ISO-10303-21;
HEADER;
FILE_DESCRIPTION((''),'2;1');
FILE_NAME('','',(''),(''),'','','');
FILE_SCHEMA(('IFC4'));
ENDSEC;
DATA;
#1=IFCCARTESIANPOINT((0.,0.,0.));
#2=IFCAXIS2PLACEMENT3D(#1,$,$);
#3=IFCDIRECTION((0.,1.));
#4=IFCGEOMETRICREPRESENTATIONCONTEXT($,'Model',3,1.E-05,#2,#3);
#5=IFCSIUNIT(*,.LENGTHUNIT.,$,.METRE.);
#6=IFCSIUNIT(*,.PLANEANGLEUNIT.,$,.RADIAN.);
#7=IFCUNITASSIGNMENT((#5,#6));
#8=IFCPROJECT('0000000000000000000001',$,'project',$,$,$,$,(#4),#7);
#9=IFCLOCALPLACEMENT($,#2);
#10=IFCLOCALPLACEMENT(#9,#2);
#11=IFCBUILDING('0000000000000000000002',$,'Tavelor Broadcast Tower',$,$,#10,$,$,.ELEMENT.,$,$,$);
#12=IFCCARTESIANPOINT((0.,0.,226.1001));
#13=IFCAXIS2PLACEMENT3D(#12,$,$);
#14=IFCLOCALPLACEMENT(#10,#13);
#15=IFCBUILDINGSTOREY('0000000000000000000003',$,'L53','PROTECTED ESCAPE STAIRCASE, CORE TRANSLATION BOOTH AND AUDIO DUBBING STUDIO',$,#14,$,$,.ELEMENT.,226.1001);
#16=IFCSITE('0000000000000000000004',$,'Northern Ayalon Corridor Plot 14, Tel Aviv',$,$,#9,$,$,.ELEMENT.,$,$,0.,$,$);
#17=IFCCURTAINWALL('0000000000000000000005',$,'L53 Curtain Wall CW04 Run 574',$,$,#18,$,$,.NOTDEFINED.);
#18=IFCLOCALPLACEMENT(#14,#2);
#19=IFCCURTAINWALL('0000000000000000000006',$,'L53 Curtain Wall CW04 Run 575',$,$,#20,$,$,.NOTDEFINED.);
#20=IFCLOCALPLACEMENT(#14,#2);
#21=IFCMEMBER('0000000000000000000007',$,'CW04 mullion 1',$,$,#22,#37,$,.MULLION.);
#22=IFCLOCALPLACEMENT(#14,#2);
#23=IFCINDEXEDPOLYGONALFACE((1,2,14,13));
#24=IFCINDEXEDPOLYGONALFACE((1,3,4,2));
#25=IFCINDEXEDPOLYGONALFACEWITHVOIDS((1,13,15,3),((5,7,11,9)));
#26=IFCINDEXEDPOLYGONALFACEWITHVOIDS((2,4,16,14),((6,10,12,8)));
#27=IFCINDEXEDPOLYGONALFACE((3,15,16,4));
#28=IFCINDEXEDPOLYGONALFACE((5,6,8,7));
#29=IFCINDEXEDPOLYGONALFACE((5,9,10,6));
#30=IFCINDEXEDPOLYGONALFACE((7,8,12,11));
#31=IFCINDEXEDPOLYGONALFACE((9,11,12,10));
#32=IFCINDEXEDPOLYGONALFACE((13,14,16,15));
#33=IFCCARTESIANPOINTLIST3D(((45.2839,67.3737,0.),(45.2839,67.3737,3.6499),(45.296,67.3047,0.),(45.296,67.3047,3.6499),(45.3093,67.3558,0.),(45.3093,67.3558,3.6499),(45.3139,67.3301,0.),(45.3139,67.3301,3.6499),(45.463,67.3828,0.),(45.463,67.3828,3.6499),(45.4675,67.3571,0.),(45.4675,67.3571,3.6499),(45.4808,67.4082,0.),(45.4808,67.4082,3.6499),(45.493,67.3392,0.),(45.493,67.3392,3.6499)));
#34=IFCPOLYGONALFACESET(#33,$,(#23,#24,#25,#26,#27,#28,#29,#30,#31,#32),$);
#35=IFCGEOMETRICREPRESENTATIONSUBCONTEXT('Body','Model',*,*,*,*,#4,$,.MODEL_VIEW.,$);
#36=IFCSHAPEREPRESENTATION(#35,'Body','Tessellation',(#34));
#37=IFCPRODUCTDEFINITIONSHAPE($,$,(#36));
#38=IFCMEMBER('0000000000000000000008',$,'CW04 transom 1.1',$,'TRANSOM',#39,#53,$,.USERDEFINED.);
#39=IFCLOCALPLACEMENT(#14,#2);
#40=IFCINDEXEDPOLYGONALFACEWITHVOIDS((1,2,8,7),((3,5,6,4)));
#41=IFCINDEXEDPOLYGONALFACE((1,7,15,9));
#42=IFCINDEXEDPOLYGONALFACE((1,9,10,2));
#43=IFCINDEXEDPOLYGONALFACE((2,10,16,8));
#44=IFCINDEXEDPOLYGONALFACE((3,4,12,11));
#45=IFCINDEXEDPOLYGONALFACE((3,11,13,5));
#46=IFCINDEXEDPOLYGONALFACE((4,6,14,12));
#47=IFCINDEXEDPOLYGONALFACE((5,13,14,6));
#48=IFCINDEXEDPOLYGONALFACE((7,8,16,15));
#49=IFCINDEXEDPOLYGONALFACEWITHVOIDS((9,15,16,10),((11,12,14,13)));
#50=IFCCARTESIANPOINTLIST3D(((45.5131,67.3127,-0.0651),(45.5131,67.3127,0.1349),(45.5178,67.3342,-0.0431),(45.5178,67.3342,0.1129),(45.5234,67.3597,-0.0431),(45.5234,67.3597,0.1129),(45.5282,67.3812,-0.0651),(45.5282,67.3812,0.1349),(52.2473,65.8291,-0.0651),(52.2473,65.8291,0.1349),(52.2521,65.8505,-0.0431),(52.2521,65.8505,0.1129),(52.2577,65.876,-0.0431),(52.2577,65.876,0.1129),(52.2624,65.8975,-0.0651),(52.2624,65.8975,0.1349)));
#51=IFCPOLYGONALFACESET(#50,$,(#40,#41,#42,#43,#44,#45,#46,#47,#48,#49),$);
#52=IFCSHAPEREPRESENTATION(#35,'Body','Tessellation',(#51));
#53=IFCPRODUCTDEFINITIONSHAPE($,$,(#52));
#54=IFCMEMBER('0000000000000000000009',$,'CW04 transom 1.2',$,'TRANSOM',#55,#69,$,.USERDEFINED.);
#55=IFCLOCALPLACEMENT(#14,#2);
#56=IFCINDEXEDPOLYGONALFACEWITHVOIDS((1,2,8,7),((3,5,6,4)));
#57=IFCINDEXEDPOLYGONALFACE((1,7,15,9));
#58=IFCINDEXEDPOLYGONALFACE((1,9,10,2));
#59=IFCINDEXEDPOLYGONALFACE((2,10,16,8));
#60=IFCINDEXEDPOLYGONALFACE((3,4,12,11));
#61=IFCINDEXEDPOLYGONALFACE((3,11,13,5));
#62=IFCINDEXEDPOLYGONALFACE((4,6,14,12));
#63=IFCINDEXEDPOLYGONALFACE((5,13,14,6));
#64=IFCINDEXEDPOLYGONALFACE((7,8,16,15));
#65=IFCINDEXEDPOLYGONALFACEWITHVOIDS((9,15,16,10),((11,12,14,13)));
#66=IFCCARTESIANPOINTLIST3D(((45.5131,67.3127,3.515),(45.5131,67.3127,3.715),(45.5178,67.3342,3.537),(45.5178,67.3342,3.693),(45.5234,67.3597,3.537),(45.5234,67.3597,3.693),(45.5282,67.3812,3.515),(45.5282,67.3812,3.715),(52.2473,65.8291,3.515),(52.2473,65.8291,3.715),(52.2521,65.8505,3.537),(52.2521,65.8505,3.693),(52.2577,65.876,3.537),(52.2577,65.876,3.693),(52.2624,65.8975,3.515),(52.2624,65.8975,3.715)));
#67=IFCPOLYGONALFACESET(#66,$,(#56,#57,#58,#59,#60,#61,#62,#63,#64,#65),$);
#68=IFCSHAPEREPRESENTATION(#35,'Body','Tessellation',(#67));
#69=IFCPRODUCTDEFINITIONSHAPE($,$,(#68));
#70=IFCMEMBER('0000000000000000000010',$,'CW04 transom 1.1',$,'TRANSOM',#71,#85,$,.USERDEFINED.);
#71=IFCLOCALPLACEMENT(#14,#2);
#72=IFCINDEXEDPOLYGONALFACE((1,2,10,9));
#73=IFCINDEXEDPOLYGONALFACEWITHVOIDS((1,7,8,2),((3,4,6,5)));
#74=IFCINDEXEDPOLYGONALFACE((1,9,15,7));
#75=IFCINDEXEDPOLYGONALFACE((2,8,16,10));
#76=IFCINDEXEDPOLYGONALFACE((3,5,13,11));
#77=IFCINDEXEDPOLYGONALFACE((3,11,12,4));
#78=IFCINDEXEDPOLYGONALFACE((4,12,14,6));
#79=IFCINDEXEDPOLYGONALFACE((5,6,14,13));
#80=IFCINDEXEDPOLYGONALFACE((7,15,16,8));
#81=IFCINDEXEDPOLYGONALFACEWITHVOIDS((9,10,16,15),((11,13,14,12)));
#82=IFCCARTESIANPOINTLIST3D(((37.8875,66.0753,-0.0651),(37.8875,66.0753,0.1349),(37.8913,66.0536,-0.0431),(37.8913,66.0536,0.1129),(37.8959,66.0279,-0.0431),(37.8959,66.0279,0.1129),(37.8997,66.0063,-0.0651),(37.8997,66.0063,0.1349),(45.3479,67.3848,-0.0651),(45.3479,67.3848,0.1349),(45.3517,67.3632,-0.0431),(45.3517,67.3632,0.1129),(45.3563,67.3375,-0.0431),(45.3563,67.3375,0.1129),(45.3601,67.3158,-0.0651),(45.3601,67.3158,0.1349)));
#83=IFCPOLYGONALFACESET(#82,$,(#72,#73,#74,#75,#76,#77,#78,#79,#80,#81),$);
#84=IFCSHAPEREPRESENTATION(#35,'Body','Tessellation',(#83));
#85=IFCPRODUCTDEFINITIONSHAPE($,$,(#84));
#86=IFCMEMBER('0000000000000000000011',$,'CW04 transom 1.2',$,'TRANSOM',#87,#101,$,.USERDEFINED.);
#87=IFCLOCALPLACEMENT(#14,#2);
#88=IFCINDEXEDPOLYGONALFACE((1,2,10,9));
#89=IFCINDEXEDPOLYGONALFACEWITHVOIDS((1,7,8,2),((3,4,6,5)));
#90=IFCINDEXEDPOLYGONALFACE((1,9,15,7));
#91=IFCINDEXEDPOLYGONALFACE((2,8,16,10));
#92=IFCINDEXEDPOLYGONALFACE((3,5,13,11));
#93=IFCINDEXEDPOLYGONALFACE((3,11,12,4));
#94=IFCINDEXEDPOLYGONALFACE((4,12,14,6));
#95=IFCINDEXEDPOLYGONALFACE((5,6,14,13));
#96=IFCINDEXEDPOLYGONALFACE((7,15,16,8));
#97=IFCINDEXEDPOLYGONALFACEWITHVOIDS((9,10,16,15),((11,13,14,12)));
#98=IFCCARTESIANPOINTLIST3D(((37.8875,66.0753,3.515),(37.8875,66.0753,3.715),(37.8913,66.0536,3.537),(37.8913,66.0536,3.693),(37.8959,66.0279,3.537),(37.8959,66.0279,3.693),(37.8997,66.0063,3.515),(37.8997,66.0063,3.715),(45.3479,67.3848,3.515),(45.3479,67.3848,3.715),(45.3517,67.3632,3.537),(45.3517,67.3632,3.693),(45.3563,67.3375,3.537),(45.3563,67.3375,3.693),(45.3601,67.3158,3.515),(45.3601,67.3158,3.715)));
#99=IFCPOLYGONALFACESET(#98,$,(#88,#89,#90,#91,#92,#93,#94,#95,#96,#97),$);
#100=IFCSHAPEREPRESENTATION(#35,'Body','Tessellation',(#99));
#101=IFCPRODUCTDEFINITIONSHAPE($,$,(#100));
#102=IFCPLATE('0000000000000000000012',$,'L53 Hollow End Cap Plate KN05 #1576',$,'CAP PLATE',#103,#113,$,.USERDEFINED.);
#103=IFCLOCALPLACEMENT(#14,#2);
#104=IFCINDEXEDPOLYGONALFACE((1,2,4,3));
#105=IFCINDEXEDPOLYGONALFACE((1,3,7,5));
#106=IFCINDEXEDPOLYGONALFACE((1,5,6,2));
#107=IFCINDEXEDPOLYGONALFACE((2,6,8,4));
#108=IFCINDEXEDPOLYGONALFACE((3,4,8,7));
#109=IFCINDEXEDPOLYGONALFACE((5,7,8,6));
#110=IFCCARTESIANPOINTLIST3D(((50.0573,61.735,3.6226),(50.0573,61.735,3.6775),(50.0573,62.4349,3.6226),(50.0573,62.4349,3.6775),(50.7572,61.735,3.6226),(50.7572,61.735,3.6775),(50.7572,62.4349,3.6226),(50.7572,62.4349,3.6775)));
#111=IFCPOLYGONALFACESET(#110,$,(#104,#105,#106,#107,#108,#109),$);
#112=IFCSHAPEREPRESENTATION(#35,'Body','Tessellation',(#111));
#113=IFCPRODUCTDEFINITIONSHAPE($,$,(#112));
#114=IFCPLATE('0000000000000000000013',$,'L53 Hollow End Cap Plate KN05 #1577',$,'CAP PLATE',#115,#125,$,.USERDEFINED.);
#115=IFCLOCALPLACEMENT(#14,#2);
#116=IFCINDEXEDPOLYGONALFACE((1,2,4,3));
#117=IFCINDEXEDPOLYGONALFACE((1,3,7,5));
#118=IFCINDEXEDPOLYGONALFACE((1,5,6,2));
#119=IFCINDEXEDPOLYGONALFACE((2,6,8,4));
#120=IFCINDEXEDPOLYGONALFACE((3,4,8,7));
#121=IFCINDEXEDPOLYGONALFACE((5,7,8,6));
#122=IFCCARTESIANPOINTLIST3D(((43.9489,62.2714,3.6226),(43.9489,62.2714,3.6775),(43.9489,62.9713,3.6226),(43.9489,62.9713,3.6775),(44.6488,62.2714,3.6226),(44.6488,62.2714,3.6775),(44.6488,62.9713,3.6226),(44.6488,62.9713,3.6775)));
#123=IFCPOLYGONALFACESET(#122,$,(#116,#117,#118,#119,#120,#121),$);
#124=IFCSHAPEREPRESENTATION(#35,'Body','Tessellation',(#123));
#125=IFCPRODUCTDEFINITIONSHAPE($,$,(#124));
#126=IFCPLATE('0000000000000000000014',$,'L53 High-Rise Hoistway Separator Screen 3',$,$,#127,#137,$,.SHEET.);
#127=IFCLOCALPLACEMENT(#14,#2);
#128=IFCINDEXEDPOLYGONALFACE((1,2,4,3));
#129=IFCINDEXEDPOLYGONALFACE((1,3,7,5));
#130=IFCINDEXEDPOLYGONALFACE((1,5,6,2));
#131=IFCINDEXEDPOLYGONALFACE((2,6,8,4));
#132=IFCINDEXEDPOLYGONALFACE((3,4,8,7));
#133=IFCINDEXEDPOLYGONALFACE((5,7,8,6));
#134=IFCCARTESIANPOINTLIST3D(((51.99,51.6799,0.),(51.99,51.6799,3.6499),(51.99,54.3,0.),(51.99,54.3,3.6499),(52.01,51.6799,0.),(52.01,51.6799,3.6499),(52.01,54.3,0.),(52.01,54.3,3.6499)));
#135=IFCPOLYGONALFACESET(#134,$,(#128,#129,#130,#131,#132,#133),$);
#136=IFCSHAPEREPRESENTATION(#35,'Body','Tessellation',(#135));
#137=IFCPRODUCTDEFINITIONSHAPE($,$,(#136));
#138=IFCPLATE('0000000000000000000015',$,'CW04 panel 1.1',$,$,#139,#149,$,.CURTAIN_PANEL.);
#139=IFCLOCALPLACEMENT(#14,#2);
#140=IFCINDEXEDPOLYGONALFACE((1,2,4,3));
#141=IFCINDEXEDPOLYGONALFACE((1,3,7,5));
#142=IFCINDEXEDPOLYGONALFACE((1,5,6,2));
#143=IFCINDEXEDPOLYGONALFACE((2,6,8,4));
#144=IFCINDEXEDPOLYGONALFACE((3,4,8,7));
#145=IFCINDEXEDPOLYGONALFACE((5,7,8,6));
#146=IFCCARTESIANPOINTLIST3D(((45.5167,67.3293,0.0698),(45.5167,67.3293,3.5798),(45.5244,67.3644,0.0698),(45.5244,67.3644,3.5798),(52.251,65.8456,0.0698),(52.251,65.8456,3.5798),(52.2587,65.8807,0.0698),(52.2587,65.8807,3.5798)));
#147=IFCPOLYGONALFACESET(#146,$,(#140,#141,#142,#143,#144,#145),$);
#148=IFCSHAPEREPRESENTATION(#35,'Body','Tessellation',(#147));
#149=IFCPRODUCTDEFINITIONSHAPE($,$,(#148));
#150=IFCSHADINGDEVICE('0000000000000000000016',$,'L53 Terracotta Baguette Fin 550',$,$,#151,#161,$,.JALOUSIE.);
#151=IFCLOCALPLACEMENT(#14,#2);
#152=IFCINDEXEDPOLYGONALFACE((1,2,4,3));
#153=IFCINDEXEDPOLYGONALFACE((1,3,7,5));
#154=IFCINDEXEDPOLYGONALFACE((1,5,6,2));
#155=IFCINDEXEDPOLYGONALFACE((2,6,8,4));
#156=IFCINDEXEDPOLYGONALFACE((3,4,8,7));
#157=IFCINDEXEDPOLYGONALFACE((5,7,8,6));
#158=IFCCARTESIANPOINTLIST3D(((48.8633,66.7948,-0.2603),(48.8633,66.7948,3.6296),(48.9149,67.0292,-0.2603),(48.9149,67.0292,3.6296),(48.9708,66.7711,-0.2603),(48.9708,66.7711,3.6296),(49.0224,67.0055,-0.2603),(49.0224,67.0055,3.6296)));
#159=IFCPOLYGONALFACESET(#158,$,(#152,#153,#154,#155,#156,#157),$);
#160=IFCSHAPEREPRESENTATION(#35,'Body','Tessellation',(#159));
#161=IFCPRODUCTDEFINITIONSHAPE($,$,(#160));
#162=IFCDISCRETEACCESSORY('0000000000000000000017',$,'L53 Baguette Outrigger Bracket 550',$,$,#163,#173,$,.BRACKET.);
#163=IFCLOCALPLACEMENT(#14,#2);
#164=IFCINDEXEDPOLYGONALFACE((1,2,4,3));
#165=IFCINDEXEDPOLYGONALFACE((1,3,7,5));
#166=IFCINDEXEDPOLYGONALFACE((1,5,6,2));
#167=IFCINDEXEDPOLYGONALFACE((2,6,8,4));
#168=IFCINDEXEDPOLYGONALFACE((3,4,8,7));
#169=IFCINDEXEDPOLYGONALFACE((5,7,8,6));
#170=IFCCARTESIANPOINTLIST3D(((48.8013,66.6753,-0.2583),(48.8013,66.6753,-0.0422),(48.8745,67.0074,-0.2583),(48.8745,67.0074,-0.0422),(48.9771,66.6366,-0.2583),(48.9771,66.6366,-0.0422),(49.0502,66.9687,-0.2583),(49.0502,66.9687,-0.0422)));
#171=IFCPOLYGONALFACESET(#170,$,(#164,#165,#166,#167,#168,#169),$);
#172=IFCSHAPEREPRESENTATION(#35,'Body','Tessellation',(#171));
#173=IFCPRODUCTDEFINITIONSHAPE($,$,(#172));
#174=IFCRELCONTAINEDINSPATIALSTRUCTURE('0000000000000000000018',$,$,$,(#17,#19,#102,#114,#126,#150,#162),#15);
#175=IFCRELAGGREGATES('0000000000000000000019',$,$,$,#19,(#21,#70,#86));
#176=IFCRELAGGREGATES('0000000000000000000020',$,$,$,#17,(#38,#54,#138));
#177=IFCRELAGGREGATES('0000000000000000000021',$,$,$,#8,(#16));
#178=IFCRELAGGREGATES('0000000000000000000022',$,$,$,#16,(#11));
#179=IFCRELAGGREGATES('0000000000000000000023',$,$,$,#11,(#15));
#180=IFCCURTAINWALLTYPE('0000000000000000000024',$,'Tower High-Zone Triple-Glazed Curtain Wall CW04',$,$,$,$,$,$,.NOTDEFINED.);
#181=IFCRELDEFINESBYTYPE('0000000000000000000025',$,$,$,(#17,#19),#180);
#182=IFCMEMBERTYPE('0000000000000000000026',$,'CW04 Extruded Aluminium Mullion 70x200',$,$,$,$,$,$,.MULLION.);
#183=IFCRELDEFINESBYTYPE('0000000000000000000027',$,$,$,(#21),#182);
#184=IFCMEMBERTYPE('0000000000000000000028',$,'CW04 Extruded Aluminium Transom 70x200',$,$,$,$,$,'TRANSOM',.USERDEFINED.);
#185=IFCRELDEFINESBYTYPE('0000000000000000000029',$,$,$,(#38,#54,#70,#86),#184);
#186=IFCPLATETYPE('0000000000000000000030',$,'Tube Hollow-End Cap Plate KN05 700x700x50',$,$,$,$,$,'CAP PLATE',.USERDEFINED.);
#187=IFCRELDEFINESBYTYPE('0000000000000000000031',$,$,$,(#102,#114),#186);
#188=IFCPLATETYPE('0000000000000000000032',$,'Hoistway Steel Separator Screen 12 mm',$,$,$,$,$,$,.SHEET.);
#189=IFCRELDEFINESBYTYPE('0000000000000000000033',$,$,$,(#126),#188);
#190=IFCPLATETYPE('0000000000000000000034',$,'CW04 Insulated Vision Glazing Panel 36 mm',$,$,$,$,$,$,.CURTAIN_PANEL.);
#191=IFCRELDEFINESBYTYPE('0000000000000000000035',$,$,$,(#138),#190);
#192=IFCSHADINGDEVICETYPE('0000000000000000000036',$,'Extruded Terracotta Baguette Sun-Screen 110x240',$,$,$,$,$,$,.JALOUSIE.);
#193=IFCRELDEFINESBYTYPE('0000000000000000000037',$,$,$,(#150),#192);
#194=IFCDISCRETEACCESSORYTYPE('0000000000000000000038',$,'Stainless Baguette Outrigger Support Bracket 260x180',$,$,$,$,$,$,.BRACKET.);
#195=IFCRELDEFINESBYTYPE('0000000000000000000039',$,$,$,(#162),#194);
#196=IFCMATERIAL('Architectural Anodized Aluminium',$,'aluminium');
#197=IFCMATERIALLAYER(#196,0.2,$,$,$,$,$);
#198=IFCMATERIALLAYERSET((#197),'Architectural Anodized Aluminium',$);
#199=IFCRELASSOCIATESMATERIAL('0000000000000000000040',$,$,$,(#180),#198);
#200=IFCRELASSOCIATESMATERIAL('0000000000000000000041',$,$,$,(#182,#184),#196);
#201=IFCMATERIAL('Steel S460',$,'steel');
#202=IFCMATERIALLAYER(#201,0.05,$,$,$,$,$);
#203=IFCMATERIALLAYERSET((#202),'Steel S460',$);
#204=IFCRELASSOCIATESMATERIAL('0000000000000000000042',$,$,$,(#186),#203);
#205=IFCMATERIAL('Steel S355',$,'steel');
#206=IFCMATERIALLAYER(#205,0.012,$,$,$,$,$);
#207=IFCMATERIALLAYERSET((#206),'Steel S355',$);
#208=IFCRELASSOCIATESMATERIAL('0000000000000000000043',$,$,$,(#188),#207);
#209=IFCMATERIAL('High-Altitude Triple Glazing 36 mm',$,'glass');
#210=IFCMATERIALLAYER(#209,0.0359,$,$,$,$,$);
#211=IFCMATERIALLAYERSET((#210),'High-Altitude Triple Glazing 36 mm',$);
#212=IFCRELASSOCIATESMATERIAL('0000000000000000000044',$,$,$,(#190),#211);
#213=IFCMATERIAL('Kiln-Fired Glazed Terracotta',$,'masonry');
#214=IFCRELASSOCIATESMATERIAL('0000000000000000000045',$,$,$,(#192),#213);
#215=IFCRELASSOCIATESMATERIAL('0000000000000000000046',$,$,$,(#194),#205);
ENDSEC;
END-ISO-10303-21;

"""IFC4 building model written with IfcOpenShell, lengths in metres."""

from ifc_helpers import new_model, si_unit, direction, frame, origin, origin_2d, place, context, subcontext, project, spatial, rectangle, hollow_rectangle, extrude, source, transform, mapped, material, layer, layer_set, material_profile, profile_set, type_object, type_shapes, element, aggregate, save


model = new_model("IFC4")

# Units and contexts
model_context = context("Model", 3, precision=1e-05, world=origin(), true_north=direction((0.0, 1.0)))
body_context = subcontext(model_context, "Body", "Model", "MODEL_VIEW")
ifc_project = project(units=[si_unit("LENGTHUNIT", "METRE"), si_unit("PLANEANGLEUNIT", "RADIAN")], contexts=[model_context])

# Site, building, storey
site_placement = place(None, origin())
site = spatial("IfcSite", under=ifc_project, at=site_placement, Name="Northern Ayalon Corridor Plot 14, Tel Aviv", CompositionType="ELEMENT", RefElevation=0.0)
building_placement = place(site_placement, origin())
building = spatial("IfcBuilding", under=site, at=building_placement, Name="Tavelor Broadcast Tower", CompositionType="ELEMENT")
storey_placement = place(building_placement, frame((0.0, 0.0, 226.1001)))
storey = spatial("IfcBuildingStorey", under=building, at=storey_placement, Name="L53", Description="PROTECTED ESCAPE STAIRCASE, CORE TRANSLATION BOOTH AND AUDIO DUBBING STUDIO", CompositionType="ELEMENT", Elevation=226.1001)

# Shared definitions
ifc_material_1 = material(Name="Steel S460", Category="steel")

# Shared definitions
ifc_material_2 = material(Name="Steel S355", Category="steel")

# Shared definitions
ifc_material_3 = material(Name="Architectural Anodized Aluminium", Category="aluminium")
ifc_layer_1 = layer(ifc_material_3, 0.2)
ifc_layer_set_1 = layer_set([ifc_layer_1], Name="Architectural Anodized Aluminium")
curtain_wall_type = type_object("IfcCurtainWallType", Name="Tower High-Zone Triple-Glazed Curtain Wall CW04", PredefinedType="NOTDEFINED", material=ifc_layer_set_1)
ifc_material_profile_1 = material_profile(ifc_material_3, hollow_rectangle(XDim=0.0701, YDim=0.2, WallThickness=0.022, at=origin_2d()), Name="RHS 70x200x22")
ifc_profile_set_1 = profile_set([ifc_material_profile_1], Name="Architectural Anodized Aluminium")
member_type_1 = type_object("IfcMemberType", Name="CW04 Extruded Aluminium Mullion 70x200", PredefinedType="MULLION", material=ifc_profile_set_1)
shared_shape_1 = source(origin(), body_context, "Body", "SweptSolid", [
    extrude(hollow_rectangle(XDim=0.0701, YDim=0.2, WallThickness=0.022, at=origin_2d()), origin(), (0.0, 0.0, 1.0), 3.6499),
])
type_shapes(member_type_1, [shared_shape_1])

# Curtain wall
curtain_wall_1_placement = place(storey_placement, origin())
curtain_wall_1 = element("IfcCurtainWall", 1, at=curtain_wall_1_placement, inside=storey, type_object=curtain_wall_type, Name="L53 Curtain Wall CW04 Run 574", PredefinedType="NOTDEFINED")

# Curtain wall, member
curtain_wall_2_placement = place(storey_placement, origin())
curtain_wall_2 = element("IfcCurtainWall", 2, at=curtain_wall_2_placement, inside=storey, type_object=curtain_wall_type, Name="L53 Curtain Wall CW04 Run 575", PredefinedType="NOTDEFINED")
member_1_placement = place(storey_placement, frame((45.3884, 67.3564, 0.0), z_axis=(0.0, 0.0, 1.0), x_axis=(0.172908, -0.984938, 0.0)))
member_1 = element("IfcMember", 3, at=member_1_placement, type_object=member_type_1, Name="CW04 mullion 1", PredefinedType="MULLION", context=body_context, shape_type="MappedRepresentation", body=[
    mapped(shared_shape_1, transform((0.0, 0.0, 0.0), scale=1.0)),
])

# Members
ifc_material_profile_2 = material_profile(ifc_material_3, hollow_rectangle(XDim=0.0701, YDim=0.2, WallThickness=0.022, at=origin_2d()), Name="RHS 70x200x22")
ifc_profile_set_2 = profile_set([ifc_material_profile_2], Name="Architectural Anodized Aluminium")
member_type_2 = type_object("IfcMemberType", Name="CW04 Extruded Aluminium Transom 70x200", ElementType="TRANSOM", PredefinedType="USERDEFINED", material=ifc_profile_set_2)
shared_shape_2 = source(origin(), body_context, "Body", "SweptSolid", [
    extrude(hollow_rectangle(XDim=0.0701, YDim=0.2, WallThickness=0.022, at=origin_2d()), origin(), (0.0, 0.0, 1.0), 6.8958),
])
member_2_placement = place(storey_placement, frame((52.2549, 65.8633, 0.0349), z_axis=(-0.976579, 0.215157, 0.0), x_axis=(-0.215157, -0.976579, 0.0)))
member_2 = element("IfcMember", 4, at=member_2_placement, type_object=member_type_2, Name="CW04 transom 1.1", ObjectType="TRANSOM", PredefinedType="USERDEFINED", context=body_context, shape_type="MappedRepresentation", body=[
    mapped(shared_shape_2, transform((0.0, 0.0, 0.0), scale=1.0)),
])
member_3_placement = place(storey_placement, frame((52.2549, 65.8633, 3.615), z_axis=(-0.976579, 0.215157, 0.0), x_axis=(-0.215157, -0.976579, 0.0)))
member_3 = element("IfcMember", 5, at=member_3_placement, type_object=member_type_2, Name="CW04 transom 1.2", ObjectType="TRANSOM", PredefinedType="USERDEFINED", context=body_context, shape_type="MappedRepresentation", body=[
    mapped(shared_shape_2, transform((0.0, 0.0, 0.0), scale=1.0)),
])
shared_shape_3 = source(origin(), body_context, "Body", "SweptSolid", [
    extrude(hollow_rectangle(XDim=0.0701, YDim=0.2, WallThickness=0.022, at=origin_2d()), origin(), (0.0, 0.0, 1.0), 7.5745),
])
type_shapes(member_type_2, [shared_shape_2, shared_shape_3])
member_4_placement = place(storey_placement, frame((45.354, 67.3503, 0.0349), z_axis=(-0.984941, -0.172892, 0.0), x_axis=(0.172892, -0.984941, 0.0)))
member_4 = element("IfcMember", 6, at=member_4_placement, type_object=member_type_2, Name="CW04 transom 1.1", ObjectType="TRANSOM", PredefinedType="USERDEFINED", context=body_context, shape_type="MappedRepresentation", body=[
    mapped(shared_shape_3, transform((0.0, 0.0, 0.0), scale=1.0)),
])
member_5_placement = place(storey_placement, frame((45.354, 67.3503, 3.615), z_axis=(-0.984941, -0.172892, 0.0), x_axis=(0.172892, -0.984941, 0.0)))
member_5 = element("IfcMember", 7, at=member_5_placement, type_object=member_type_2, Name="CW04 transom 1.2", ObjectType="TRANSOM", PredefinedType="USERDEFINED", context=body_context, shape_type="MappedRepresentation", body=[
    mapped(shared_shape_3, transform((0.0, 0.0, 0.0), scale=1.0)),
])
aggregate(curtain_wall_2, [member_1, member_4, member_5])

# Plates
ifc_layer_2 = layer(ifc_material_1, 0.05)
ifc_layer_set_2 = layer_set([ifc_layer_2], Name="Steel S460")
plate_type_1 = type_object("IfcPlateType", Name="Tube Hollow-End Cap Plate KN05 700x700x50", ElementType="CAP PLATE", PredefinedType="USERDEFINED", material=ifc_layer_set_2)
shared_shape_4 = source(origin(), body_context, "Body", "SweptSolid", [
    extrude(rectangle(XDim=0.7, YDim=0.7, at=origin_2d()), origin(), (0.0, 0.0, 1.0), 0.0549),
])
type_shapes(plate_type_1, [shared_shape_4])
for number, where, z_axis, x_axis, name in (
    (8, (50.4072, 62.085, 3.6226), (0.0, 0.0, 1.0), (1.0, 0.0, 0.0), "L53 Hollow End Cap Plate KN05 #1576"),
    (9, (44.2988, 62.6213, 3.6226), (0.0, 0.0, 1.0), (1.0, 0.0, 0.0), "L53 Hollow End Cap Plate KN05 #1577"),
):
    element("IfcPlate", number, at=place(storey_placement, frame(where, z_axis=z_axis, x_axis=x_axis)), inside=storey, type_object=plate_type_1, Name=name, ObjectType="CAP PLATE", PredefinedType="USERDEFINED", context=body_context, shape_type="MappedRepresentation", body=[
        mapped(shared_shape_4, transform((0.0, 0.0, 0.0), scale=1.0)),
    ])
ifc_layer_3 = layer(ifc_material_2, 0.012)
ifc_layer_set_3 = layer_set([ifc_layer_3], Name="Steel S355")
plate_type_2 = type_object("IfcPlateType", Name="Hoistway Steel Separator Screen 12 mm", PredefinedType="SHEET", material=ifc_layer_set_3)
shared_shape_5 = source(origin(), body_context, "Body", "SweptSolid", [
    extrude(rectangle(XDim=0.02, YDim=2.6201, at=origin_2d()), origin(), (0.0, 0.0, 1.0), 3.6499),
])
type_shapes(plate_type_2, [shared_shape_5])
plate_1_placement = place(storey_placement, frame((52.0, 52.99, 0.0), z_axis=(0.0, 0.0, 1.0), x_axis=(1.0, 0.0, 0.0)))
element("IfcPlate", 10, at=plate_1_placement, inside=storey, type_object=plate_type_2, Name="L53 High-Rise Hoistway Separator Screen 3", PredefinedType="SHEET", context=body_context, shape_type="MappedRepresentation", body=[
    mapped(shared_shape_5, transform((0.0, 0.0, 0.0), scale=1.0)),
])

# Plate
ifc_material_4 = material(Name="High-Altitude Triple Glazing 36 mm", Category="glass")
ifc_layer_4 = layer(ifc_material_4, 0.0359)
ifc_layer_set_4 = layer_set([ifc_layer_4], Name="High-Altitude Triple Glazing 36 mm")
plate_type_3 = type_object("IfcPlateType", Name="CW04 Insulated Vision Glazing Panel 36 mm", PredefinedType="CURTAIN_PANEL", material=ifc_layer_set_4)
shared_shape_6 = source(origin(), body_context, "Body", "SweptSolid", [
    extrude(rectangle(XDim=6.8958, YDim=0.0359, at=origin_2d()), origin(), (0.0, 0.0, 1.0), 3.51),
])
type_shapes(plate_type_3, [shared_shape_6])
plate_2_placement = place(storey_placement, frame((48.8877, 66.605, 0.0698), z_axis=(0.0, 0.0, 1.0), x_axis=(-0.976579, 0.21516, 0.0)))
plate_2 = element("IfcPlate", 11, at=plate_2_placement, type_object=plate_type_3, Name="CW04 panel 1.1", PredefinedType="CURTAIN_PANEL", context=body_context, shape_type="MappedRepresentation", body=[
    mapped(shared_shape_6, transform((0.0, 0.0, 0.0), scale=1.0)),
])
aggregate(curtain_wall_1, [member_2, member_3, plate_2])

# Shading device
ifc_material_5 = material(Name="Kiln-Fired Glazed Terracotta", Category="masonry")
shading_device_type = type_object("IfcShadingDeviceType", Name="Extruded Terracotta Baguette Sun-Screen 110x240", PredefinedType="JALOUSIE", material=ifc_material_5)
shared_shape_7 = source(origin(), body_context, "Body", "SweptSolid", [
    extrude(rectangle(XDim=0.1101, YDim=0.24, at=origin_2d()), origin(), (0.0, 0.0, 1.0), 3.8899),
])
type_shapes(shading_device_type, [shared_shape_7])
shading_device_placement = place(storey_placement, frame((48.9429, 66.9001, -0.2603), z_axis=(0.0, 0.0, 1.0), x_axis=(-0.976597, 0.215076, 0.0)))
element("IfcShadingDevice", 12, at=shading_device_placement, inside=storey, type_object=shading_device_type, Name="L53 Terracotta Baguette Fin 550", PredefinedType="JALOUSIE", context=body_context, shape_type="MappedRepresentation", body=[
    mapped(shared_shape_7, transform((0.0, 0.0, 0.0), scale=1.0)),
])

# Discrete accessory
discrete_accessory_type = type_object("IfcDiscreteAccessoryType", Name="Stainless Baguette Outrigger Support Bracket 260x180", PredefinedType="BRACKET", material=ifc_material_2)
shared_shape_8 = source(origin(), body_context, "Body", "SweptSolid", [
    extrude(rectangle(XDim=0.1799, YDim=0.3401, at=origin_2d()), origin(), (0.0, 0.0, 1.0), 0.2161),
])
type_shapes(discrete_accessory_type, [shared_shape_8])
discrete_accessory_placement = place(storey_placement, frame((48.9258, 66.822, -0.2583), z_axis=(0.0, 0.0, 1.0), x_axis=(-0.976597, 0.215076, 0.0)))
element("IfcDiscreteAccessory", 13, at=discrete_accessory_placement, inside=storey, type_object=discrete_accessory_type, Name="L53 Baguette Outrigger Bracket 550", PredefinedType="BRACKET", context=body_context, shape_type="MappedRepresentation", body=[
    mapped(shared_shape_8, transform((0.0, 0.0, 0.0), scale=1.0)),
])

save(model, "model.ifc")
